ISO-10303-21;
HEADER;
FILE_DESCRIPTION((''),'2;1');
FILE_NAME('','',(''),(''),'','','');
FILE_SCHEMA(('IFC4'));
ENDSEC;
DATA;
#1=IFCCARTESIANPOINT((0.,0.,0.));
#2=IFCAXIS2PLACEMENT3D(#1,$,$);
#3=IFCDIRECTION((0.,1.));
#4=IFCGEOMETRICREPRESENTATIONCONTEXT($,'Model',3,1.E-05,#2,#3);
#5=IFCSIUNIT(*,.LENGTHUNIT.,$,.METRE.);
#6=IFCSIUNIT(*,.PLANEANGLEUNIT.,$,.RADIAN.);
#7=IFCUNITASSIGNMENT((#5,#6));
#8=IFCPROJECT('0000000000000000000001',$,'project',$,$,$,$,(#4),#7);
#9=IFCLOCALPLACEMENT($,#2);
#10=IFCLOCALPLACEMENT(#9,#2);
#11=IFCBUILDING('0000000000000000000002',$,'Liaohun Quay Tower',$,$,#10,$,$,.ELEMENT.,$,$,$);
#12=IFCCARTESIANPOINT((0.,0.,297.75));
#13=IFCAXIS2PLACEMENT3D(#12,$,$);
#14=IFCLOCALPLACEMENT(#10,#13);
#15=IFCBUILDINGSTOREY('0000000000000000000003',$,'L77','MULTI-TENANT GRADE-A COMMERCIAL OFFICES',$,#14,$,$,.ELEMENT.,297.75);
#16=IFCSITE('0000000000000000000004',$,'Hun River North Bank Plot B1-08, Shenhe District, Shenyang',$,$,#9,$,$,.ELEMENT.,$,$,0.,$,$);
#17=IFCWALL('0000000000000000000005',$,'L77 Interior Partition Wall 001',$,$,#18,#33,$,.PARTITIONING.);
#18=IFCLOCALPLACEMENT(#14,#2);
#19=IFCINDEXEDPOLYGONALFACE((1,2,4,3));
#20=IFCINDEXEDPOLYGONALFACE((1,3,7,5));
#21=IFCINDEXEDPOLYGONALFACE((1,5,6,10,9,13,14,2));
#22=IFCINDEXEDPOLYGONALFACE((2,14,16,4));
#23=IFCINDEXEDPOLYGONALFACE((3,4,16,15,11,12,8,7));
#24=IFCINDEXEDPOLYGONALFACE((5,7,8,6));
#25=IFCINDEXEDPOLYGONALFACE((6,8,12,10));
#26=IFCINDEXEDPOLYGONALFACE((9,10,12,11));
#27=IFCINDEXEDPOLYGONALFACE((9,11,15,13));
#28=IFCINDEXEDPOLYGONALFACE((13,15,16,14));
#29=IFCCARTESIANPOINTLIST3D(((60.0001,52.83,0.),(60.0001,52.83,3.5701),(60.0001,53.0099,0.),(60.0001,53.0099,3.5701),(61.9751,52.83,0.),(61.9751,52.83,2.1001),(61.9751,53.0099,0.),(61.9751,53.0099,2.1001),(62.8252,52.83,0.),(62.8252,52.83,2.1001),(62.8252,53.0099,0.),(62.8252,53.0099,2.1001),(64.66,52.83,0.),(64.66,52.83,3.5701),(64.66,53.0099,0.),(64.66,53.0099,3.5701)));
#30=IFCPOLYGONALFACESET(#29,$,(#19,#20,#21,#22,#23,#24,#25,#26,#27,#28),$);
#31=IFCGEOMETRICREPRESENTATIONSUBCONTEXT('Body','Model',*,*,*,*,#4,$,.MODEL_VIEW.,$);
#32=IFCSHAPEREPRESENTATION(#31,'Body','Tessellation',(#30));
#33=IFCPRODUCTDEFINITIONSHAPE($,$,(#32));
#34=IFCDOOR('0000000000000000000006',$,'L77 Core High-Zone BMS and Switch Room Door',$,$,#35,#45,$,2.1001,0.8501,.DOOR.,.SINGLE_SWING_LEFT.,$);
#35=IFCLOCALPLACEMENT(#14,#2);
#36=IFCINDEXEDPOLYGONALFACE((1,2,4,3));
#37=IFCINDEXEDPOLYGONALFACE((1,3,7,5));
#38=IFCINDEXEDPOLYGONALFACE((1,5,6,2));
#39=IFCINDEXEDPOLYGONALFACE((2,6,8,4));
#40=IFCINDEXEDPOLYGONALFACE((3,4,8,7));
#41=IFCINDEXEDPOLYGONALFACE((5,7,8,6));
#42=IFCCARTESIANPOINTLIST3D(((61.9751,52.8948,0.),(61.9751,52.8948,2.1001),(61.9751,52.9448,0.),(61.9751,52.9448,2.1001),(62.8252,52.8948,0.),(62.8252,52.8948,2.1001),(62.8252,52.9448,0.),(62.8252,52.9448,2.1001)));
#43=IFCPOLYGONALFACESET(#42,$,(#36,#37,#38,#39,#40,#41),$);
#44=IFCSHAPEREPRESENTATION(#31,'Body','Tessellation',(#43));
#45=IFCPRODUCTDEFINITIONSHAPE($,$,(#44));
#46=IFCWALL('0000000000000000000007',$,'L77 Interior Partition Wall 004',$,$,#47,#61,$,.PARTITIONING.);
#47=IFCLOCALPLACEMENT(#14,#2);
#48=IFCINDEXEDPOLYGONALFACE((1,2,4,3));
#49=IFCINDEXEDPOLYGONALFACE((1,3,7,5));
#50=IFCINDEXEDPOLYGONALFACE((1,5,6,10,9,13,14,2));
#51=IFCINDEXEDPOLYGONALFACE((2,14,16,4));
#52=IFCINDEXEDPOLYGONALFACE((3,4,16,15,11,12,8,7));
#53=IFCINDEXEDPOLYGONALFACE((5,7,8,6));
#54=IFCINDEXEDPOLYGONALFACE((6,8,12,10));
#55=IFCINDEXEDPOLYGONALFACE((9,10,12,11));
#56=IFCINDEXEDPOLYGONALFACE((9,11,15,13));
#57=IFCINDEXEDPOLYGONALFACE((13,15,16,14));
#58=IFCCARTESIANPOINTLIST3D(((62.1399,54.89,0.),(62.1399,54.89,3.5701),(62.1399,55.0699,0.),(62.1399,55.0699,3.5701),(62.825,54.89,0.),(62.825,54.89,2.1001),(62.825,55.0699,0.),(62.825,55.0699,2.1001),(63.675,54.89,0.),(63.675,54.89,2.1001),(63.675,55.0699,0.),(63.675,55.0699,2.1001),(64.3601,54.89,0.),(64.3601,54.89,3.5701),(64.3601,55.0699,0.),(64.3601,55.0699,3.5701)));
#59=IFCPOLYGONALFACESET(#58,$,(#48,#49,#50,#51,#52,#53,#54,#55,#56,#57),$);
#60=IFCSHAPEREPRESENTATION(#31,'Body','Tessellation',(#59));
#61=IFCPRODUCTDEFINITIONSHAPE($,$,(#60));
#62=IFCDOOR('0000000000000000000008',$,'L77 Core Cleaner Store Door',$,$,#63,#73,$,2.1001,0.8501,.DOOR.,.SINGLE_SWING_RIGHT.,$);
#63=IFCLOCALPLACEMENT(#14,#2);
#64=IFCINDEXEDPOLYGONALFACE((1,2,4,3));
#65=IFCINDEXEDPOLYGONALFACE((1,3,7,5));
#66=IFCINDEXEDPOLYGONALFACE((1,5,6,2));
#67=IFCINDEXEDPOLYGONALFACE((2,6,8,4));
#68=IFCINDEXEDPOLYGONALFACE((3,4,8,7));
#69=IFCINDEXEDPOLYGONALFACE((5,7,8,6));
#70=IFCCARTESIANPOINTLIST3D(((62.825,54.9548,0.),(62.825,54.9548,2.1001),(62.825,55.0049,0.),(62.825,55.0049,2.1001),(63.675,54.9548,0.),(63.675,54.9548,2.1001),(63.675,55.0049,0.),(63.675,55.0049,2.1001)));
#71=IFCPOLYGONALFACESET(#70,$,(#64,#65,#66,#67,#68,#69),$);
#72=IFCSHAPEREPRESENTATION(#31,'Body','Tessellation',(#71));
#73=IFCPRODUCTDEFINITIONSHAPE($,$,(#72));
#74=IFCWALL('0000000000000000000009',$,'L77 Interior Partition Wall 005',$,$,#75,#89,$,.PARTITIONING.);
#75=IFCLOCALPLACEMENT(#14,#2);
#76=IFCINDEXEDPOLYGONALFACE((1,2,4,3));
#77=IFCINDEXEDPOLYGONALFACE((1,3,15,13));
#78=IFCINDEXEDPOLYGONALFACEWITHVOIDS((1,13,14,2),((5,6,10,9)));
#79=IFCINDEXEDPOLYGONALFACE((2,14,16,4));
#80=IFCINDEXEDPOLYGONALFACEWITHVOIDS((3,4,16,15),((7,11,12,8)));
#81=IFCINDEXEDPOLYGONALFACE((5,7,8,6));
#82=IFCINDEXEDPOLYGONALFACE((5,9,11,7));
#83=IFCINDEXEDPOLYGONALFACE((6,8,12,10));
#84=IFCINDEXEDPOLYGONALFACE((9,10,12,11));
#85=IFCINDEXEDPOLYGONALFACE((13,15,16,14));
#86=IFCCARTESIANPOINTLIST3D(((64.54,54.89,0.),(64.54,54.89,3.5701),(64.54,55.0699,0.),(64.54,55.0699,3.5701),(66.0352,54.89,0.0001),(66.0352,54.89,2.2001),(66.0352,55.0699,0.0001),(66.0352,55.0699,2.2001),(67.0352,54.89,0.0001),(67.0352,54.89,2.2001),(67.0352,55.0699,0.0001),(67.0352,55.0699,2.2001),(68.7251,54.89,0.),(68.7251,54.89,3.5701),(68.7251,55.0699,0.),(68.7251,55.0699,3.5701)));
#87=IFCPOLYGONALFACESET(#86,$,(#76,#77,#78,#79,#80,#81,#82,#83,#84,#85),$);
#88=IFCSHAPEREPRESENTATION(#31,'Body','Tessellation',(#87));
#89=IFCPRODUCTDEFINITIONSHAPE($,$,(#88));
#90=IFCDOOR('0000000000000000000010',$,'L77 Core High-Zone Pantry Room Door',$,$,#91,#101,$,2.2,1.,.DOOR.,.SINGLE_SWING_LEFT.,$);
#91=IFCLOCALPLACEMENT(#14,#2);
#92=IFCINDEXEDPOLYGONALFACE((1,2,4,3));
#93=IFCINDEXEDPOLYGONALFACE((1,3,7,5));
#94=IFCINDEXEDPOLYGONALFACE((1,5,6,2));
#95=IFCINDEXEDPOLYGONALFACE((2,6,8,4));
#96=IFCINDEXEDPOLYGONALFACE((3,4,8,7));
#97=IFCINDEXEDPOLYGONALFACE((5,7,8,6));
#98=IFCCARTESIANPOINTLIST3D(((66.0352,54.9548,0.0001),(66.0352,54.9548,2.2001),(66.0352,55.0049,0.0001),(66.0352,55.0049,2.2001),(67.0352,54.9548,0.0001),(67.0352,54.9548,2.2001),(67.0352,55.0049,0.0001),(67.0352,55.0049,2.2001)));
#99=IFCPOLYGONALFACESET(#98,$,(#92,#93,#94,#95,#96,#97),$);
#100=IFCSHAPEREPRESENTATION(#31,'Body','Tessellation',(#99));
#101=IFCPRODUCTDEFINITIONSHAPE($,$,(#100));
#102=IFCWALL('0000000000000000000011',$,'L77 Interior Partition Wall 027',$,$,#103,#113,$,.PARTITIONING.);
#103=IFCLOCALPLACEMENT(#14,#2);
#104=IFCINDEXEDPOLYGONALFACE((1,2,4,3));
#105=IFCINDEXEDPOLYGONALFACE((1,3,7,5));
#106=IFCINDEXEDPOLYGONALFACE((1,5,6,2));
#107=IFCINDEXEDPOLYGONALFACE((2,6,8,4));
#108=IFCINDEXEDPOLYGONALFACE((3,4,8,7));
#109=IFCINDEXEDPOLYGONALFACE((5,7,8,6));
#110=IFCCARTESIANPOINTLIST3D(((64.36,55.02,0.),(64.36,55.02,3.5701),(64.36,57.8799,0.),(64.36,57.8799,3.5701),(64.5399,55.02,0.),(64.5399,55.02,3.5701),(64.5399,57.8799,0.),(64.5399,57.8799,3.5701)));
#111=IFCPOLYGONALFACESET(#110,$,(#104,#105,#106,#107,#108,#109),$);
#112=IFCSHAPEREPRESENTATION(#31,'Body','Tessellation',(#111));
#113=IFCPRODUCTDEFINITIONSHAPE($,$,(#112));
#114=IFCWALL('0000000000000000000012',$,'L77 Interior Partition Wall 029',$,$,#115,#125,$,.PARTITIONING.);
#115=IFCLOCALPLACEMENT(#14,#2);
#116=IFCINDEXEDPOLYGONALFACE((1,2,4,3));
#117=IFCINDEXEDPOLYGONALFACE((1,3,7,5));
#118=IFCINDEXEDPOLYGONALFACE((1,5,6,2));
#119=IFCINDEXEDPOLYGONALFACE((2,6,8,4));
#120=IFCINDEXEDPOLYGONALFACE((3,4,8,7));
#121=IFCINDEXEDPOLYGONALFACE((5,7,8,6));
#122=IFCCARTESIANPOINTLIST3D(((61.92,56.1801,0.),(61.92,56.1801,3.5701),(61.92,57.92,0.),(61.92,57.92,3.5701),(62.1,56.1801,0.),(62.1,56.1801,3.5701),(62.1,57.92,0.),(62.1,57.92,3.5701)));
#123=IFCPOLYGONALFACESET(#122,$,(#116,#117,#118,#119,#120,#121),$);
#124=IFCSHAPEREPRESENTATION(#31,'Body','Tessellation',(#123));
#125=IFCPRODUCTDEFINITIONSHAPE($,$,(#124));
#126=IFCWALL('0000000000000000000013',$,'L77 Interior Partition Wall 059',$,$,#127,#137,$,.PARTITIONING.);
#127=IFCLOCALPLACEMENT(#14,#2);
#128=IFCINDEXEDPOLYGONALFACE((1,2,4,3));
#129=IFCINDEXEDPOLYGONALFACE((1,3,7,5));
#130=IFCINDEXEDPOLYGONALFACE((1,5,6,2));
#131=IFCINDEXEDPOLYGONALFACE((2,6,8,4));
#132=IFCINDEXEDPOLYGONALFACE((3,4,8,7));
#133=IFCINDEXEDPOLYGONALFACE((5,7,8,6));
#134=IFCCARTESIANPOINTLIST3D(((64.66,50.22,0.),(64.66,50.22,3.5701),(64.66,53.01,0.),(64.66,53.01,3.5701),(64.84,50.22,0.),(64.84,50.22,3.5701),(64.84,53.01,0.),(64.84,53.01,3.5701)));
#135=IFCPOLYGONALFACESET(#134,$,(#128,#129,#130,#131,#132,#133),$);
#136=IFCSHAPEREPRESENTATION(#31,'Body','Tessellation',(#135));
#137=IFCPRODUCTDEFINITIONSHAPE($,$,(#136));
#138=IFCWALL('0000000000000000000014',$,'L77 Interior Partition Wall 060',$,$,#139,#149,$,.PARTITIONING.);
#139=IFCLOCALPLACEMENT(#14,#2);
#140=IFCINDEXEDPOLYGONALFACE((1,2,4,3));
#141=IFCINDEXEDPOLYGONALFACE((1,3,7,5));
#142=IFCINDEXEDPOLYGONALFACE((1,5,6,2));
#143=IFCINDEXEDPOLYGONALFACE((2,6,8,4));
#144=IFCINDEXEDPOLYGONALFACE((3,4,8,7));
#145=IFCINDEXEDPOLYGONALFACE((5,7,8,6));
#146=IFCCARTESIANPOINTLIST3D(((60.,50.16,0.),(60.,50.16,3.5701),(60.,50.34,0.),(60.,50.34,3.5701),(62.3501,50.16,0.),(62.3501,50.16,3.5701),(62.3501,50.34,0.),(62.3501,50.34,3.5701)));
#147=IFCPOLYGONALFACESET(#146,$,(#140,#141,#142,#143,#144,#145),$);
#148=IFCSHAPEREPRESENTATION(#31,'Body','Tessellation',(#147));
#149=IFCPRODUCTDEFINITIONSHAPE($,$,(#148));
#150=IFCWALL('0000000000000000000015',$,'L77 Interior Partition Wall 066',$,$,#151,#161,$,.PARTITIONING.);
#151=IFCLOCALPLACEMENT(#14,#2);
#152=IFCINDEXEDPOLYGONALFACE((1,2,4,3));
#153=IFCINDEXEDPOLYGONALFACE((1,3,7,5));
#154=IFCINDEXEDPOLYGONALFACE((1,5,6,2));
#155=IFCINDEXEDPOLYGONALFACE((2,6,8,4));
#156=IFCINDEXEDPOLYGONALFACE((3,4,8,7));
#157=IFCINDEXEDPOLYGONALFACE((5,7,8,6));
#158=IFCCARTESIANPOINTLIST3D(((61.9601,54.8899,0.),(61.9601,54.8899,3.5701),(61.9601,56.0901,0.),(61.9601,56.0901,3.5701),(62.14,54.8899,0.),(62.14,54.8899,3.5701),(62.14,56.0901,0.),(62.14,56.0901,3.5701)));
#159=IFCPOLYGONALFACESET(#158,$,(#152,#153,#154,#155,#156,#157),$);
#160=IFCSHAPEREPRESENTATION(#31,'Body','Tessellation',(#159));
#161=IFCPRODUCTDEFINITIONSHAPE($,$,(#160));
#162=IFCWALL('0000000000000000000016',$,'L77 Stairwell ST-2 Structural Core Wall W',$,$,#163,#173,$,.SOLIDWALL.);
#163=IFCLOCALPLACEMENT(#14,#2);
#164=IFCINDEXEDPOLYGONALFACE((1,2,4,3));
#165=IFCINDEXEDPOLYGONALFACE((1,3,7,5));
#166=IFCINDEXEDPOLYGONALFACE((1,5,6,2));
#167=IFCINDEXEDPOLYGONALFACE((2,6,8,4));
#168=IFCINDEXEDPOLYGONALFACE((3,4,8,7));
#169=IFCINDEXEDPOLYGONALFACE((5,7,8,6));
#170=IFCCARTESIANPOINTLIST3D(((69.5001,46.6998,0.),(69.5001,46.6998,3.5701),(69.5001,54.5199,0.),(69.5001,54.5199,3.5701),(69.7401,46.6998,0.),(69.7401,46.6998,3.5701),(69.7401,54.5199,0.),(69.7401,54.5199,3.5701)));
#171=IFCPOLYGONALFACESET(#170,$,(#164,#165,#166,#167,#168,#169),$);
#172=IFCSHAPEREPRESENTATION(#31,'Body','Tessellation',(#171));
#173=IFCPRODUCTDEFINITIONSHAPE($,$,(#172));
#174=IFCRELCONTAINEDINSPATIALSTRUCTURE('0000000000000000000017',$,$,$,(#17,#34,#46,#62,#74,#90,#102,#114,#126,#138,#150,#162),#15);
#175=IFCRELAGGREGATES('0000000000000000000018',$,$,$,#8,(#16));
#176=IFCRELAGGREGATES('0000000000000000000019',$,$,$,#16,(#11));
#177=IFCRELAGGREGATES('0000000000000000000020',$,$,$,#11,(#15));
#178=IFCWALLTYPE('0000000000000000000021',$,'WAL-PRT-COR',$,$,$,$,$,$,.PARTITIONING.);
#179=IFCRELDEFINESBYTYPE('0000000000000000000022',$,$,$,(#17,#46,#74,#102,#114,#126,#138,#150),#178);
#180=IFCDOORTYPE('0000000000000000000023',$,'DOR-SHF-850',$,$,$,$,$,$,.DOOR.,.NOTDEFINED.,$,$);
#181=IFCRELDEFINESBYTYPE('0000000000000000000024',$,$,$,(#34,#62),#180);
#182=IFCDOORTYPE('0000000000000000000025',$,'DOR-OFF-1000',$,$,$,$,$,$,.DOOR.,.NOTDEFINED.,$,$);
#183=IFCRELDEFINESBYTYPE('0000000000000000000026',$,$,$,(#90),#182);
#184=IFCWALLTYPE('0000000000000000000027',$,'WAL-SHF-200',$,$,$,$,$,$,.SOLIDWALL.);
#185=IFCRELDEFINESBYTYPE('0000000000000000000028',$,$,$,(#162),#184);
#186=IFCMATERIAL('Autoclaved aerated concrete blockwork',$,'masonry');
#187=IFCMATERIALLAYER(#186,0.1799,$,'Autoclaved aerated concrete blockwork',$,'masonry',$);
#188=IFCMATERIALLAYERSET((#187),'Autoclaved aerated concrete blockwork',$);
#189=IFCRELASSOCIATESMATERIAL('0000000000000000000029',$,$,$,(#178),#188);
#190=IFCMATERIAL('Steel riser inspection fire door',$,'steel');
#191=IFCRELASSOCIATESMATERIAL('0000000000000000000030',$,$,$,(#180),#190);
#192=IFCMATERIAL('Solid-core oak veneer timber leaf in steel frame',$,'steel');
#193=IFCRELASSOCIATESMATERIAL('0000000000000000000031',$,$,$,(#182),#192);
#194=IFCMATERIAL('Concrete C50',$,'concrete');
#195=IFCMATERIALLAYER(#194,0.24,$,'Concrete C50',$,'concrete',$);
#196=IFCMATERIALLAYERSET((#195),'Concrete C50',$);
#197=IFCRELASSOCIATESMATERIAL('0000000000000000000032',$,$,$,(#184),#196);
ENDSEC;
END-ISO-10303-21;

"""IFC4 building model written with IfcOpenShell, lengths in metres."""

from ifc_helpers import new_model, si_unit, direction, frame, frame_2d, origin, place, context, subcontext, project, spatial, rectangle, extrude, source, transform, mapped, material, layer, layer_set, type_object, element, fill, save


model = new_model("IFC4")

# Units and contexts
model_context = context("Model", 3, precision=1e-05, world=origin(), true_north=direction((0.0, 1.0)))
body_context = subcontext(model_context, "Body", "Model", "MODEL_VIEW")
ifc_project = project(units=[si_unit("LENGTHUNIT", "METRE"), si_unit("PLANEANGLEUNIT", "RADIAN")], contexts=[model_context])

# Site, building, storey
site_placement = place(None, origin())
site = spatial("IfcSite", under=ifc_project, at=site_placement, Name="Hun River North Bank Plot B1-08, Shenhe District, Shenyang", CompositionType="ELEMENT", RefElevation=0.0)
building_placement = place(site_placement, origin())
building = spatial("IfcBuilding", under=site, at=building_placement, Name="Liaohun Quay Tower", CompositionType="ELEMENT")
storey_placement = place(building_placement, frame((0.0, 0.0, 297.75)))
storey = spatial("IfcBuildingStorey", under=building, at=storey_placement, Name="L77", Description="MULTI-TENANT GRADE-A COMMERCIAL OFFICES", CompositionType="ELEMENT", Elevation=297.75)

# Walls, openings, doors
ifc_material_1 = material(Name="Autoclaved aerated concrete blockwork", Category="masonry")
ifc_layer_1 = layer(ifc_material_1, 0.1799, Name="Autoclaved aerated concrete blockwork", Category="masonry")
ifc_layer_set_1 = layer_set([ifc_layer_1], Name="Autoclaved aerated concrete blockwork")
wall_type_1 = type_object("IfcWallType", Name="WAL-PRT-COR", PredefinedType="PARTITIONING", material=ifc_layer_set_1)
wall_1_placement = place(storey_placement, frame((60.0, 52.9199, 0.0), z_axis=(0.0, 0.0, 1.0), x_axis=(1.0, 0.0, 0.0)))
wall_1 = element("IfcWall", 1, at=wall_1_placement, inside=storey, type_object=wall_type_1, Name="L77 Interior Partition Wall 001", PredefinedType="PARTITIONING", context=body_context, shape_type="SweptSolid", body=[
    extrude(rectangle(XDim=4.6599, YDim=0.1799, at=frame_2d((2.3301, 0.0))), origin(), (0.0, 0.0, 1.0), 3.5701),
])
shared_shape_1 = source(origin(), body_context, "Body", "SweptSolid", [
    extrude(rectangle(XDim=0.8501, YDim=2.1001, at=frame_2d((0.425, 1.05))), frame((0.0, 0.0999, 0.0), z_axis=(0.0, -1.0, 0.0), x_axis=(1.0, 0.0, 0.0)), (0.0, 0.0, 1.0), 0.2),
])
opening_1_placement = place(wall_1_placement, frame((1.9751, 0.0, 0.0)))
opening_1 = element("IfcOpeningElement", 2, at=opening_1_placement, cuts=wall_1, PredefinedType="OPENING", context=body_context, shape_type="MappedRepresentation", body=[
    mapped(shared_shape_1, transform((0.0, 0.0, 0.0), x_axis=(1.0, 0.0, 0.0), y_axis=(0.0, 1.0, 0.0), z_axis=(0.0, 0.0, 1.0), scale=1.0)),
])
ifc_material_2 = material(Name="Steel riser inspection fire door", Category="steel")
door_type_1 = type_object("IfcDoorType", Name="DOR-SHF-850", OperationType="NOTDEFINED", PredefinedType="DOOR", material=ifc_material_2)
shared_shape_2 = source(origin(), body_context, "Body", "SweptSolid", [
    extrude(rectangle(XDim=0.8501, YDim=2.1001, at=frame_2d((0.425, 1.05))), frame((0.0, 0.0249, 0.0), z_axis=(0.0, -1.0, 0.0), x_axis=(1.0, 0.0, 0.0)), (0.0, 0.0, 1.0), 0.05),
])
door_1_placement = place(opening_1_placement, origin())
door_1 = element("IfcDoor", 3, at=door_1_placement, inside=storey, type_object=door_type_1, Name="L77 Core High-Zone BMS and Switch Room Door", OperationType="SINGLE_SWING_LEFT", OverallHeight=2.1001, OverallWidth=0.8501, PredefinedType="DOOR", context=body_context, shape_type="MappedRepresentation", body=[
    mapped(shared_shape_2, transform((0.0, 0.0, 0.0), x_axis=(1.0, 0.0, 0.0), y_axis=(0.0, 1.0, 0.0), z_axis=(0.0, 0.0, 1.0), scale=1.0)),
])
fill(opening_1, door_1)
wall_2_placement = place(storey_placement, frame((62.1399, 54.98, 0.0), z_axis=(0.0, 0.0, 1.0), x_axis=(1.0, 0.0, 0.0)))
wall_2 = element("IfcWall", 4, at=wall_2_placement, inside=storey, type_object=wall_type_1, Name="L77 Interior Partition Wall 004", PredefinedType="PARTITIONING", context=body_context, shape_type="SweptSolid", body=[
    extrude(rectangle(XDim=2.2202, YDim=0.1799, at=frame_2d((1.1101, 0.0))), origin(), (0.0, 0.0, 1.0), 3.5701),
])
opening_2_placement = place(wall_2_placement, frame((0.6851, 0.0, 0.0)))
opening_2 = element("IfcOpeningElement", 5, at=opening_2_placement, cuts=wall_2, PredefinedType="OPENING", context=body_context, shape_type="MappedRepresentation", body=[
    mapped(shared_shape_1, transform((0.0, 0.0, 0.0), x_axis=(1.0, 0.0, 0.0), y_axis=(0.0, 1.0, 0.0), z_axis=(0.0, 0.0, 1.0), scale=1.0)),
])
door_2_placement = place(opening_2_placement, origin())
door_2 = element("IfcDoor", 6, at=door_2_placement, inside=storey, type_object=door_type_1, Name="L77 Core Cleaner Store Door", OperationType="SINGLE_SWING_RIGHT", OverallHeight=2.1001, OverallWidth=0.8501, PredefinedType="DOOR", context=body_context, shape_type="MappedRepresentation", body=[
    mapped(shared_shape_2, transform((0.0, 0.0, 0.0), x_axis=(1.0, 0.0, 0.0), y_axis=(0.0, 1.0, 0.0), z_axis=(0.0, 0.0, 1.0), scale=1.0)),
])
fill(opening_2, door_2)
wall_3_placement = place(storey_placement, frame((64.54, 54.98, 0.0), z_axis=(0.0, 0.0, 1.0), x_axis=(1.0, 0.0, 0.0)))
wall_3 = element("IfcWall", 7, at=wall_3_placement, inside=storey, type_object=wall_type_1, Name="L77 Interior Partition Wall 005", PredefinedType="PARTITIONING", context=body_context, shape_type="SweptSolid", body=[
    extrude(rectangle(XDim=4.1851, YDim=0.1799, at=frame_2d((2.0925, 0.0))), origin(), (0.0, 0.0, 1.0), 3.5701),
])
shared_shape_3 = source(origin(), body_context, "Body", "SweptSolid", [
    extrude(rectangle(XDim=1.0, YDim=2.2, at=frame_2d((0.5, 1.1001))), frame((0.0, 0.0999, 0.0), z_axis=(0.0, -1.0, 0.0), x_axis=(1.0, 0.0, 0.0)), (0.0, 0.0, 1.0), 0.2),
])
opening_3_placement = place(wall_3_placement, frame((1.4951, 0.0, 0.0)))
opening_3 = element("IfcOpeningElement", 8, at=opening_3_placement, cuts=wall_3, PredefinedType="OPENING", context=body_context, shape_type="MappedRepresentation", body=[
    mapped(shared_shape_3, transform((0.0, 0.0, 0.0), x_axis=(1.0, 0.0, 0.0), y_axis=(0.0, 1.0, 0.0), z_axis=(0.0, 0.0, 1.0), scale=1.0)),
])
ifc_material_3 = material(Name="Solid-core oak veneer timber leaf in steel frame", Category="steel")
door_type_2 = type_object("IfcDoorType", Name="DOR-OFF-1000", OperationType="NOTDEFINED", PredefinedType="DOOR", material=ifc_material_3)
shared_shape_4 = source(origin(), body_context, "Body", "SweptSolid", [
    extrude(rectangle(XDim=1.0, YDim=2.2, at=frame_2d((0.5, 1.1001))), frame((0.0, 0.0249, 0.0), z_axis=(0.0, -1.0, 0.0), x_axis=(1.0, 0.0, 0.0)), (0.0, 0.0, 1.0), 0.05),
])
door_3_placement = place(opening_3_placement, origin())
door_3 = element("IfcDoor", 9, at=door_3_placement, inside=storey, type_object=door_type_2, Name="L77 Core High-Zone Pantry Room Door", OperationType="SINGLE_SWING_LEFT", OverallHeight=2.2, OverallWidth=1.0, PredefinedType="DOOR", context=body_context, shape_type="MappedRepresentation", body=[
    mapped(shared_shape_4, transform((0.0, 0.0, 0.0), x_axis=(1.0, 0.0, 0.0), y_axis=(0.0, 1.0, 0.0), z_axis=(0.0, 0.0, 1.0), scale=1.0)),
])
fill(opening_3, door_3)

# Walls
wall_4_placement = place(storey_placement, frame((64.45, 55.02, 0.0), z_axis=(0.0, 0.0, 1.0), x_axis=(0.0, 1.0, 0.0)))
element("IfcWall", 10, at=wall_4_placement, inside=storey, type_object=wall_type_1, Name="L77 Interior Partition Wall 027", PredefinedType="PARTITIONING", context=body_context, shape_type="SweptSolid", body=[
    extrude(rectangle(XDim=2.8599, YDim=0.1799, at=frame_2d((1.4299, 0.0))), origin(), (0.0, 0.0, 1.0), 3.5701),
])
wall_5_placement = place(storey_placement, frame((62.01, 56.1799, 0.0), z_axis=(0.0, 0.0, 1.0), x_axis=(0.0, 1.0, 0.0)))
element("IfcWall", 11, at=wall_5_placement, inside=storey, type_object=wall_type_1, Name="L77 Interior Partition Wall 029", PredefinedType="PARTITIONING", context=body_context, shape_type="SweptSolid", body=[
    extrude(rectangle(XDim=1.74, YDim=0.1799, at=frame_2d((0.8701, 0.0))), origin(), (0.0, 0.0, 1.0), 3.5701),
])
wall_6_placement = place(storey_placement, frame((64.75, 50.22, 0.0), z_axis=(0.0, 0.0, 1.0), x_axis=(0.0, 1.0, 0.0)))
element("IfcWall", 12, at=wall_6_placement, inside=storey, type_object=wall_type_1, Name="L77 Interior Partition Wall 059", PredefinedType="PARTITIONING", context=body_context, shape_type="SweptSolid", body=[
    extrude(rectangle(XDim=2.79, YDim=0.1799, at=frame_2d((1.395, 0.0))), origin(), (0.0, 0.0, 1.0), 3.5701),
])
wall_7_placement = place(storey_placement, frame((60.0, 50.25, 0.0), z_axis=(0.0, 0.0, 1.0), x_axis=(1.0, 0.0, 0.0)))
element("IfcWall", 13, at=wall_7_placement, inside=storey, type_object=wall_type_1, Name="L77 Interior Partition Wall 060", PredefinedType="PARTITIONING", context=body_context, shape_type="SweptSolid", body=[
    extrude(rectangle(XDim=2.3501, YDim=0.1799, at=frame_2d((1.175, 0.0))), origin(), (0.0, 0.0, 1.0), 3.5701),
])
wall_8_placement = place(storey_placement, frame((62.05, 54.8899, 0.0), z_axis=(0.0, 0.0, 1.0), x_axis=(0.0, 1.0, 0.0)))
element("IfcWall", 14, at=wall_8_placement, inside=storey, type_object=wall_type_1, Name="L77 Interior Partition Wall 066", PredefinedType="PARTITIONING", context=body_context, shape_type="SweptSolid", body=[
    extrude(rectangle(XDim=1.2002, YDim=0.1799, at=frame_2d((0.6001, 0.0))), origin(), (0.0, 0.0, 1.0), 3.5701),
])
ifc_material_4 = material(Name="Concrete C50", Category="concrete")
ifc_layer_2 = layer(ifc_material_4, 0.24, Name="Concrete C50", Category="concrete")
ifc_layer_set_2 = layer_set([ifc_layer_2], Name="Concrete C50")
wall_type_2 = type_object("IfcWallType", Name="WAL-SHF-200", PredefinedType="SOLIDWALL", material=ifc_layer_set_2)
wall_9_placement = place(storey_placement, frame((69.6201, 54.52, 0.0), z_axis=(0.0, 0.0, 1.0), x_axis=(0.0, -1.0, 0.0)))
element("IfcWall", 15, at=wall_9_placement, inside=storey, type_object=wall_type_2, Name="L77 Stairwell ST-2 Structural Core Wall W", PredefinedType="SOLIDWALL", context=body_context, shape_type="SweptSolid", body=[
    extrude(rectangle(XDim=7.8201, YDim=0.24, at=frame_2d((3.9102, 0.0))), origin(), (0.0, 0.0, 1.0), 3.5701),
])

save(model, "model.ifc")
